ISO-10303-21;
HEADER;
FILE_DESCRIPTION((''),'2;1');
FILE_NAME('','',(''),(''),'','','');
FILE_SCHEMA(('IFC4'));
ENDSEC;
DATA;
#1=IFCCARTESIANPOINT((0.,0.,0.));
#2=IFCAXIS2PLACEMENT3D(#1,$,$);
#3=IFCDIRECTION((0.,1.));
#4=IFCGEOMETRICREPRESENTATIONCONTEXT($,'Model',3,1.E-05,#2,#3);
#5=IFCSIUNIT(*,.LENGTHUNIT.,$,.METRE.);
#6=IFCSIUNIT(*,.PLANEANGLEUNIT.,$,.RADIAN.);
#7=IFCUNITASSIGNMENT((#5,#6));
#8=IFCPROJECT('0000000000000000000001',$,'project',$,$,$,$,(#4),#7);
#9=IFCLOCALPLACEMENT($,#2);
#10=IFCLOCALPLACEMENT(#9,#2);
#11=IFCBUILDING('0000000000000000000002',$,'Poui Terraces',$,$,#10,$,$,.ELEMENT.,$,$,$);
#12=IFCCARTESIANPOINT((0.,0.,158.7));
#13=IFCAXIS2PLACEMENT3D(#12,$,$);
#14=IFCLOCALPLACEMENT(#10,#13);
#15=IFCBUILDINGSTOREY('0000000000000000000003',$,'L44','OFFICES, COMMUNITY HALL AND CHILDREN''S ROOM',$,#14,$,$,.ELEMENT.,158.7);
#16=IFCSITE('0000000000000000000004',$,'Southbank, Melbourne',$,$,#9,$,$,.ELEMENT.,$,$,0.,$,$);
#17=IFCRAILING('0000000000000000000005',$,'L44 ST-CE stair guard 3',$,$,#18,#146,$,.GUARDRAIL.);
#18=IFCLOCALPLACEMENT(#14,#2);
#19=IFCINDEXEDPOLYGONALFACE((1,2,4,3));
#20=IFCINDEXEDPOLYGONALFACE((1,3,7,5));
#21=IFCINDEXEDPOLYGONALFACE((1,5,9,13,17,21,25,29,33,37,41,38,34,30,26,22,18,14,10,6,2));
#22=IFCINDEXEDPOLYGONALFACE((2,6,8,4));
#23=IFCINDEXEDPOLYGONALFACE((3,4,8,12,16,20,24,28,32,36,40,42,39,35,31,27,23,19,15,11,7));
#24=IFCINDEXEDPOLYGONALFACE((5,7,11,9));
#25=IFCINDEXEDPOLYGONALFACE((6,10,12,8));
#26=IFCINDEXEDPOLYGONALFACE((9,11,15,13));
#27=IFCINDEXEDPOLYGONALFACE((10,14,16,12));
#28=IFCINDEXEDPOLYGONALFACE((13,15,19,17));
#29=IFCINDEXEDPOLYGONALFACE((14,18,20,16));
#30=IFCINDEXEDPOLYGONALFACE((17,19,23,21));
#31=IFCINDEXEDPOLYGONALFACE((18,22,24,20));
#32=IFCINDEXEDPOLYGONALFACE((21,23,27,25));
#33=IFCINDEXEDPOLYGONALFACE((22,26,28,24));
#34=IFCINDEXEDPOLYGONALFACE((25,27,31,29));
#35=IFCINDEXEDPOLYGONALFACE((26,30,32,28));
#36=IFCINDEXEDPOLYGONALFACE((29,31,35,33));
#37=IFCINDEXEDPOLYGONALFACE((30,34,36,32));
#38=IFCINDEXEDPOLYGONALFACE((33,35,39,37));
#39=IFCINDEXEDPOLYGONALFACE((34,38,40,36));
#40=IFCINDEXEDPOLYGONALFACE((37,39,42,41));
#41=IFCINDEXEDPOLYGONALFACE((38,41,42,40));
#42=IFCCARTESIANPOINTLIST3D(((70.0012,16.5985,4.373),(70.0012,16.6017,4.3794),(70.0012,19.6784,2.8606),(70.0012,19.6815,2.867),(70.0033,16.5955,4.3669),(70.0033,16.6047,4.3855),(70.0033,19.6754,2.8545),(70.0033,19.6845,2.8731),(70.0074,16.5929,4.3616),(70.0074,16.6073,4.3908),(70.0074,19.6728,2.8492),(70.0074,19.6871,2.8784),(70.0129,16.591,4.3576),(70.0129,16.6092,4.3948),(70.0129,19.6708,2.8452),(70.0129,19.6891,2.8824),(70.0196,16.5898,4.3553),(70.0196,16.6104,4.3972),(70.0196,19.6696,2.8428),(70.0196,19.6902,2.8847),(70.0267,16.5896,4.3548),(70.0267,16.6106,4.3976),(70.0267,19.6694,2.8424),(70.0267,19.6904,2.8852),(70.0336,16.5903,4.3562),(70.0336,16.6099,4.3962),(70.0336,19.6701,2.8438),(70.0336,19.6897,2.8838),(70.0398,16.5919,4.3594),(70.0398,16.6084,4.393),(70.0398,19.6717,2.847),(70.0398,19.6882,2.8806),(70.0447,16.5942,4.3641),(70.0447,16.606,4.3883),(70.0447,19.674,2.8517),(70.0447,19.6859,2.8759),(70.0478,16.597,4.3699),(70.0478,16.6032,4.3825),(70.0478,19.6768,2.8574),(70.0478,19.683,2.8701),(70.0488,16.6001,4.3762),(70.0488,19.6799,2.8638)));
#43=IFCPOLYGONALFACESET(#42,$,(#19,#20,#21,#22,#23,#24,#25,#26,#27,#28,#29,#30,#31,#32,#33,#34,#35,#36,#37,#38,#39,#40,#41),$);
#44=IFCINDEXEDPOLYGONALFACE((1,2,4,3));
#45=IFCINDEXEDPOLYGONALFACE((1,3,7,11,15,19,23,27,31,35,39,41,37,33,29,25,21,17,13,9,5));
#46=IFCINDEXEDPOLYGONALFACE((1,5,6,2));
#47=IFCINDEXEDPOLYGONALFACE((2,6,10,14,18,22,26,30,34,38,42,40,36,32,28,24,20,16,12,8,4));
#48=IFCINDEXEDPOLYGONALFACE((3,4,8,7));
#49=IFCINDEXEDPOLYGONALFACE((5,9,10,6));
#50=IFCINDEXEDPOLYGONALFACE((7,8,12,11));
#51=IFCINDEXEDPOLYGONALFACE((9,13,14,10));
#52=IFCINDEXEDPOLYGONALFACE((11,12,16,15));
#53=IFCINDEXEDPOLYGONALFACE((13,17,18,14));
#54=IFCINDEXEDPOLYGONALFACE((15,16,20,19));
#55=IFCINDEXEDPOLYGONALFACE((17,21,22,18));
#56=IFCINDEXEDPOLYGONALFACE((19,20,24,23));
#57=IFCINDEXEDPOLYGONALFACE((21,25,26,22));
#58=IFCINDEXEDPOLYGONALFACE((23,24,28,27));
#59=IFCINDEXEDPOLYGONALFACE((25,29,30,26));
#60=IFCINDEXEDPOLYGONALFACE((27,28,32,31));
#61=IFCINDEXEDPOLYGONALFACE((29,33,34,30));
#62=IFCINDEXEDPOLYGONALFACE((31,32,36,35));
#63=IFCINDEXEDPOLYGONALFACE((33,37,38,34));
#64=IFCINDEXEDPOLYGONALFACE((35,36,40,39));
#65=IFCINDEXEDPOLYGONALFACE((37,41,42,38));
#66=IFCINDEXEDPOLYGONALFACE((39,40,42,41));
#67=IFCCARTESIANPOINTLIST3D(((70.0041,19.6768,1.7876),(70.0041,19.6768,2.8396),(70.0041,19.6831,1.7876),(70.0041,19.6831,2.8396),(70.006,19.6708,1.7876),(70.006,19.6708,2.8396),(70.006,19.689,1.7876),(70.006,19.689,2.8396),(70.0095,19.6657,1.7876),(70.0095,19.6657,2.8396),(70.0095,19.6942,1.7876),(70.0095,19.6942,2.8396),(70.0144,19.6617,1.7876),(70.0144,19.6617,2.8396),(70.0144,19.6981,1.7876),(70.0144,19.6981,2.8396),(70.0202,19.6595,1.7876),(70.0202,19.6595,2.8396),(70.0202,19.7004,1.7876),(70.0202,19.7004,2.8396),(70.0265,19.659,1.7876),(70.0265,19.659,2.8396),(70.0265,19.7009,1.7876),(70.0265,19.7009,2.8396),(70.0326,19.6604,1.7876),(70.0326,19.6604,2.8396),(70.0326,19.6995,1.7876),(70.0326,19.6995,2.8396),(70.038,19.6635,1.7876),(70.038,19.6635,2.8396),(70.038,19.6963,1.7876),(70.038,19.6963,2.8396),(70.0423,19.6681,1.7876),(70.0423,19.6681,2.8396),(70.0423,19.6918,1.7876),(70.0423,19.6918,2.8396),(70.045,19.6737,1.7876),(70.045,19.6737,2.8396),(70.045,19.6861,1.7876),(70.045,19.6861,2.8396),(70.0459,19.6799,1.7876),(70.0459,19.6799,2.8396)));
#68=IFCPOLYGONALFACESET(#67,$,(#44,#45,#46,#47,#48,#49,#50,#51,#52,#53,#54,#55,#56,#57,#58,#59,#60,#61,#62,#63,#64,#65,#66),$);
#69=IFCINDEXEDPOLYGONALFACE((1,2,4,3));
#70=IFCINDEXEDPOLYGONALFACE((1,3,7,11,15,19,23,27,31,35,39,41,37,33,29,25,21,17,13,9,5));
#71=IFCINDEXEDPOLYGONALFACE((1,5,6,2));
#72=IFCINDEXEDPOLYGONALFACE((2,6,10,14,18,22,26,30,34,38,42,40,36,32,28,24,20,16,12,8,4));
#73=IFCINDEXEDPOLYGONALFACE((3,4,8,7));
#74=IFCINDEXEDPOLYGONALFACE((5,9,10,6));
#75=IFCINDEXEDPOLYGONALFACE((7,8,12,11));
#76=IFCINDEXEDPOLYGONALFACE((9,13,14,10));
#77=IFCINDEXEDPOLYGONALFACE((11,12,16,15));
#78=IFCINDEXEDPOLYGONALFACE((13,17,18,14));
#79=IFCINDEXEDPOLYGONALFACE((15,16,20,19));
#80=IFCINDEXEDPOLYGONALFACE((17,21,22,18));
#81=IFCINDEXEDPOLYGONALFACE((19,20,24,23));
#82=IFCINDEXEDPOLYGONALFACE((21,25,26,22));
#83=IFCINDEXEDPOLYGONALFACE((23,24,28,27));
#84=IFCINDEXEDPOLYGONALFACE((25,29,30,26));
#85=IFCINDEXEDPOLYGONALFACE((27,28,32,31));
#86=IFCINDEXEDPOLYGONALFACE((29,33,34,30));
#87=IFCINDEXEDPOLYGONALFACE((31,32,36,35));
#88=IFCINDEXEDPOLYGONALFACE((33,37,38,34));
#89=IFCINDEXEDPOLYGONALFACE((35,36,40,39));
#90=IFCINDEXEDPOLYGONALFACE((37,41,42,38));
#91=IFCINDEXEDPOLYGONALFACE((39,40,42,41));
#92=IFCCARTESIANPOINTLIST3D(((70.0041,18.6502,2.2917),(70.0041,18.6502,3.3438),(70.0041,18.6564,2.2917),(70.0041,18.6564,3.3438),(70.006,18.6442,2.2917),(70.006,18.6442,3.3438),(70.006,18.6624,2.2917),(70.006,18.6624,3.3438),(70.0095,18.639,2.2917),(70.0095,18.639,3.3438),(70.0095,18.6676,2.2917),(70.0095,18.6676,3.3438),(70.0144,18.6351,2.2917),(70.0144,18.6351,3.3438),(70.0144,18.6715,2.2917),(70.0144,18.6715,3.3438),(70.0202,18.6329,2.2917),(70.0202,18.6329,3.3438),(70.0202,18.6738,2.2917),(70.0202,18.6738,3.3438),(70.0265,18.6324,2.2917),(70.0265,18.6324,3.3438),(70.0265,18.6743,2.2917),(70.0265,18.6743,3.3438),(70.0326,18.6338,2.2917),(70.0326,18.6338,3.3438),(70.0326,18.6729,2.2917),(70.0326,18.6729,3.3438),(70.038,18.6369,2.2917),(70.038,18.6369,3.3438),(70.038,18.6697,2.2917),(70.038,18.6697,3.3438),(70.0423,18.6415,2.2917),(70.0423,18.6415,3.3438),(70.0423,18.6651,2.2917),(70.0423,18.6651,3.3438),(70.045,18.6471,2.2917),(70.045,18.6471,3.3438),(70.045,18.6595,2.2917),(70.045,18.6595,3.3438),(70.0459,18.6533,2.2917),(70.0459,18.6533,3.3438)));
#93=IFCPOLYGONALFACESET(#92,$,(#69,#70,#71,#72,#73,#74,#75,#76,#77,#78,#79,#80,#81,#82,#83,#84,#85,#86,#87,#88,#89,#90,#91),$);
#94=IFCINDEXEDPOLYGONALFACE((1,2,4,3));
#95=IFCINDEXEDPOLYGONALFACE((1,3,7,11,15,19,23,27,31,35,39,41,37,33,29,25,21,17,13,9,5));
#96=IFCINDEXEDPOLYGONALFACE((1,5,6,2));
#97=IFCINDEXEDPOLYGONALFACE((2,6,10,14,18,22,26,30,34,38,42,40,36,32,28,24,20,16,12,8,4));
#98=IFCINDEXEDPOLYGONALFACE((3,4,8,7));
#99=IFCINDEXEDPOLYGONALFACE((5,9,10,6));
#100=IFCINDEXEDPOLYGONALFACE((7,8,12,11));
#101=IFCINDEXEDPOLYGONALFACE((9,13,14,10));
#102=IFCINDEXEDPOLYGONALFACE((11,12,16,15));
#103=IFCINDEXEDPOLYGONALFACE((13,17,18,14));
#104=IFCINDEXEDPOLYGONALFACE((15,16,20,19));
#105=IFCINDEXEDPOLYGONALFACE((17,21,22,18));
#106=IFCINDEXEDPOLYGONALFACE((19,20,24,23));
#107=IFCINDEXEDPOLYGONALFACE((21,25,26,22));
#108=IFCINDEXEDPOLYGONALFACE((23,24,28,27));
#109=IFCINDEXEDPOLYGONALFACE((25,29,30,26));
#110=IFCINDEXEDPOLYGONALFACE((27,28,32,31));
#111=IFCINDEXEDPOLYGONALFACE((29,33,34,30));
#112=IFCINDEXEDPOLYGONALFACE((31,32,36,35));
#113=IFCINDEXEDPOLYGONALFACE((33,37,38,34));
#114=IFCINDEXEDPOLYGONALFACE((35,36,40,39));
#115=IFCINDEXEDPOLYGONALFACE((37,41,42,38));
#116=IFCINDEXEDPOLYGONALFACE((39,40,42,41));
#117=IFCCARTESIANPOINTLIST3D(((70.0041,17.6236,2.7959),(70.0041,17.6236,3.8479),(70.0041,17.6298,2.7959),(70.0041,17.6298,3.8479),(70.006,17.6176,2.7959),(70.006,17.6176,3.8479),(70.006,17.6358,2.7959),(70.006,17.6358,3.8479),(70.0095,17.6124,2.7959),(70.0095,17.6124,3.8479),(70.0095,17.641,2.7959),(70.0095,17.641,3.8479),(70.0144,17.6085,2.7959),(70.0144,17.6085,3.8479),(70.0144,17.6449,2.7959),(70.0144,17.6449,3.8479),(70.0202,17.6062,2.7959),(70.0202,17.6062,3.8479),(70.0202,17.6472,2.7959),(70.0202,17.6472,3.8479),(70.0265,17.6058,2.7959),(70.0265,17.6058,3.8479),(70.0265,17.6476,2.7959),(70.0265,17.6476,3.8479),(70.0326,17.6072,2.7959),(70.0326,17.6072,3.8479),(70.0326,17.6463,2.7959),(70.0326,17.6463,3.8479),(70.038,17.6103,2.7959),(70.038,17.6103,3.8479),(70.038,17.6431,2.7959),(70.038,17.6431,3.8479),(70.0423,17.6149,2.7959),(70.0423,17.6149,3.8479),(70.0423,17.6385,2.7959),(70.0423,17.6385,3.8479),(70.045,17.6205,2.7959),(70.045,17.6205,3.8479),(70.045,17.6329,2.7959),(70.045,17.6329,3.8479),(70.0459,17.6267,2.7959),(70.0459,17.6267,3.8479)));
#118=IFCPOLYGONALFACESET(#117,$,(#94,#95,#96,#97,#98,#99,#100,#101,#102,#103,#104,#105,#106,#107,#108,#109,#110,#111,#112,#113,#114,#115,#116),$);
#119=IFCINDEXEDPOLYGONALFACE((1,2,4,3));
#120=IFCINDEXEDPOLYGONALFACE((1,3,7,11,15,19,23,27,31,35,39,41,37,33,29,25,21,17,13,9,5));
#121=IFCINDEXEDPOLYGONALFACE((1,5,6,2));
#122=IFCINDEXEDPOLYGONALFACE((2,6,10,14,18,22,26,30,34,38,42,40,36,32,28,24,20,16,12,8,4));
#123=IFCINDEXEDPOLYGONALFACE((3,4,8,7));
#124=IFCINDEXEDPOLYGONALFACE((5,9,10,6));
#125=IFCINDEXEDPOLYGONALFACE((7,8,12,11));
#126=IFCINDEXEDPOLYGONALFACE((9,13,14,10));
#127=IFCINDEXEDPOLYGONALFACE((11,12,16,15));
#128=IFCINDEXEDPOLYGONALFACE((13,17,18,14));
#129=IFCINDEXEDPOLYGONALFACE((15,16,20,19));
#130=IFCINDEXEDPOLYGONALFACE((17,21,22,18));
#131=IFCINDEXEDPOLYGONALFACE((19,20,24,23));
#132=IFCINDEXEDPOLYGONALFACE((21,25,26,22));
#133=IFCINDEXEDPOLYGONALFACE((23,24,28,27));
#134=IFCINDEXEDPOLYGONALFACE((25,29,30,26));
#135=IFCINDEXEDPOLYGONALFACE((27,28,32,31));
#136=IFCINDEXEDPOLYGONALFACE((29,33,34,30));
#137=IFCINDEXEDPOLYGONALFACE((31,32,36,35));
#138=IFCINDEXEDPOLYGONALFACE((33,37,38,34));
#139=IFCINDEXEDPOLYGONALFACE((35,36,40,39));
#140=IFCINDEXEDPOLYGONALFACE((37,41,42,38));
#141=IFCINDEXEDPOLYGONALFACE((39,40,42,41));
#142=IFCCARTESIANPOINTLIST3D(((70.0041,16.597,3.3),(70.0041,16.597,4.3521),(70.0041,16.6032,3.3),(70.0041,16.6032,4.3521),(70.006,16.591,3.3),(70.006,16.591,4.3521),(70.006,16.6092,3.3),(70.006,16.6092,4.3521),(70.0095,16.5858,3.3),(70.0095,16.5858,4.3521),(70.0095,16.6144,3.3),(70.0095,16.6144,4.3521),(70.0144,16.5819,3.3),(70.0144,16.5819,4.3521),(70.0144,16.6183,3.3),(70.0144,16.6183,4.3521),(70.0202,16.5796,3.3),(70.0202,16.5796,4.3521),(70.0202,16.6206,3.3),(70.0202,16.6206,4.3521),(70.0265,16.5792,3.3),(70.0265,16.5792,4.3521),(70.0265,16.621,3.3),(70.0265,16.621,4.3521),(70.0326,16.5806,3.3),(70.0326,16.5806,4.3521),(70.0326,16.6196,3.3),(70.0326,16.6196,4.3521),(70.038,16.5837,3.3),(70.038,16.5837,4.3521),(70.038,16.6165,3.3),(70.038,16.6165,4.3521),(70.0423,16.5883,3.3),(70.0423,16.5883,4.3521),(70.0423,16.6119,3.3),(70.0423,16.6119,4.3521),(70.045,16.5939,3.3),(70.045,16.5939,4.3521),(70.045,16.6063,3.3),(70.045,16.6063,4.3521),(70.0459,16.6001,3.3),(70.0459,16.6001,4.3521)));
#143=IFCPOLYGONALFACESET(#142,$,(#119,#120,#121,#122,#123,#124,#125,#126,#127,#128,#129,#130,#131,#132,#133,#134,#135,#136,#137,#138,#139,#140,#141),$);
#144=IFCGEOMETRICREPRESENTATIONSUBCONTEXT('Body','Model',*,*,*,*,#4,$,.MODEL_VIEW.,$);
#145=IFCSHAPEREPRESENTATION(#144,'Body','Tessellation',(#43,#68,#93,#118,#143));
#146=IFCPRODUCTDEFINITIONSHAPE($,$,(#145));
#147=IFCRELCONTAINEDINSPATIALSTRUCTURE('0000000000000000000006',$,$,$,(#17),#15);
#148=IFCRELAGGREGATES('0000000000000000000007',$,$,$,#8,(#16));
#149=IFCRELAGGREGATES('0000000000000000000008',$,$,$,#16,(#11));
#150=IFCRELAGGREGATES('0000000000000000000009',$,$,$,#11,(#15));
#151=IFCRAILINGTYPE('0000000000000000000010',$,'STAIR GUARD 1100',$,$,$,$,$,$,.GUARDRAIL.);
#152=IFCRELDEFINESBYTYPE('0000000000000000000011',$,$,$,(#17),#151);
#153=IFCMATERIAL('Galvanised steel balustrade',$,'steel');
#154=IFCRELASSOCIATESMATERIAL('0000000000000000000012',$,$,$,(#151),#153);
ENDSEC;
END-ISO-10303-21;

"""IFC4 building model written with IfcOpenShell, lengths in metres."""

from ifc_helpers import new_model, si_unit, direction, frame, origin, origin_2d, place, context, subcontext, project, spatial, circle, extrude, material, type_object, element, save


model = new_model("IFC4")

# Units and contexts
model_context = context("Model", 3, precision=1e-05, world=origin(), true_north=direction((0.0, 1.0)))
body_context = subcontext(model_context, "Body", "Model", "MODEL_VIEW")
ifc_project = project(units=[si_unit("LENGTHUNIT", "METRE"), si_unit("PLANEANGLEUNIT", "RADIAN")], contexts=[model_context])

# Site, building, storey
site_placement = place(None, origin())
site = spatial("IfcSite", under=ifc_project, at=site_placement, Name="Southbank, Melbourne", CompositionType="ELEMENT", RefElevation=0.0)
building_placement = place(site_placement, origin())
building = spatial("IfcBuilding", under=site, at=building_placement, Name="Poui Terraces", CompositionType="ELEMENT")
storey_placement = place(building_placement, frame((0.0, 0.0, 158.7)))
storey = spatial("IfcBuildingStorey", under=building, at=storey_placement, Name="L44", Description="OFFICES, COMMUNITY HALL AND CHILDREN'S ROOM", CompositionType="ELEMENT", Elevation=158.7)

# Railing
ifc_material_1 = material(Name="Galvanised steel balustrade", Category="steel")
railing_type_1 = type_object("IfcRailingType", Name="STAIR GUARD 1100", PredefinedType="GUARDRAIL", material=ifc_material_1)
railing_1_placement = place(storey_placement, frame((70.0249, 19.6799, 1.7876)))
element("IfcRailing", 1, at=railing_1_placement, inside=storey, type_object=railing_type_1, Name="L44 ST-CE stair guard 3", PredefinedType="GUARDRAIL", context=body_context, shape_type="SweptSolid", body=[
    extrude(circle(Radius=0.0239, at=origin_2d()), frame((0.0, 0.0, 1.0762), z_axis=(0.0, -0.897606, 0.440798), x_axis=(1.0, 0.0, 0.0)), (0.0, 0.0, 1.0), 3.4312),
    extrude(circle(Radius=0.021, at=origin_2d()), origin(), (0.0, 0.0, 1.0), 1.052),
    extrude(circle(Radius=0.021, at=origin_2d()), frame((0.0, -1.0266, 0.5042)), (0.0, 0.0, 1.0), 1.052),
    extrude(circle(Radius=0.021, at=origin_2d()), frame((0.0, -2.0532, 1.0083)), (0.0, 0.0, 1.0), 1.052),
    extrude(circle(Radius=0.021, at=origin_2d()), frame((0.0, -3.0798, 1.5125)), (0.0, 0.0, 1.0), 1.052),
])

save(model, "model.ifc")
